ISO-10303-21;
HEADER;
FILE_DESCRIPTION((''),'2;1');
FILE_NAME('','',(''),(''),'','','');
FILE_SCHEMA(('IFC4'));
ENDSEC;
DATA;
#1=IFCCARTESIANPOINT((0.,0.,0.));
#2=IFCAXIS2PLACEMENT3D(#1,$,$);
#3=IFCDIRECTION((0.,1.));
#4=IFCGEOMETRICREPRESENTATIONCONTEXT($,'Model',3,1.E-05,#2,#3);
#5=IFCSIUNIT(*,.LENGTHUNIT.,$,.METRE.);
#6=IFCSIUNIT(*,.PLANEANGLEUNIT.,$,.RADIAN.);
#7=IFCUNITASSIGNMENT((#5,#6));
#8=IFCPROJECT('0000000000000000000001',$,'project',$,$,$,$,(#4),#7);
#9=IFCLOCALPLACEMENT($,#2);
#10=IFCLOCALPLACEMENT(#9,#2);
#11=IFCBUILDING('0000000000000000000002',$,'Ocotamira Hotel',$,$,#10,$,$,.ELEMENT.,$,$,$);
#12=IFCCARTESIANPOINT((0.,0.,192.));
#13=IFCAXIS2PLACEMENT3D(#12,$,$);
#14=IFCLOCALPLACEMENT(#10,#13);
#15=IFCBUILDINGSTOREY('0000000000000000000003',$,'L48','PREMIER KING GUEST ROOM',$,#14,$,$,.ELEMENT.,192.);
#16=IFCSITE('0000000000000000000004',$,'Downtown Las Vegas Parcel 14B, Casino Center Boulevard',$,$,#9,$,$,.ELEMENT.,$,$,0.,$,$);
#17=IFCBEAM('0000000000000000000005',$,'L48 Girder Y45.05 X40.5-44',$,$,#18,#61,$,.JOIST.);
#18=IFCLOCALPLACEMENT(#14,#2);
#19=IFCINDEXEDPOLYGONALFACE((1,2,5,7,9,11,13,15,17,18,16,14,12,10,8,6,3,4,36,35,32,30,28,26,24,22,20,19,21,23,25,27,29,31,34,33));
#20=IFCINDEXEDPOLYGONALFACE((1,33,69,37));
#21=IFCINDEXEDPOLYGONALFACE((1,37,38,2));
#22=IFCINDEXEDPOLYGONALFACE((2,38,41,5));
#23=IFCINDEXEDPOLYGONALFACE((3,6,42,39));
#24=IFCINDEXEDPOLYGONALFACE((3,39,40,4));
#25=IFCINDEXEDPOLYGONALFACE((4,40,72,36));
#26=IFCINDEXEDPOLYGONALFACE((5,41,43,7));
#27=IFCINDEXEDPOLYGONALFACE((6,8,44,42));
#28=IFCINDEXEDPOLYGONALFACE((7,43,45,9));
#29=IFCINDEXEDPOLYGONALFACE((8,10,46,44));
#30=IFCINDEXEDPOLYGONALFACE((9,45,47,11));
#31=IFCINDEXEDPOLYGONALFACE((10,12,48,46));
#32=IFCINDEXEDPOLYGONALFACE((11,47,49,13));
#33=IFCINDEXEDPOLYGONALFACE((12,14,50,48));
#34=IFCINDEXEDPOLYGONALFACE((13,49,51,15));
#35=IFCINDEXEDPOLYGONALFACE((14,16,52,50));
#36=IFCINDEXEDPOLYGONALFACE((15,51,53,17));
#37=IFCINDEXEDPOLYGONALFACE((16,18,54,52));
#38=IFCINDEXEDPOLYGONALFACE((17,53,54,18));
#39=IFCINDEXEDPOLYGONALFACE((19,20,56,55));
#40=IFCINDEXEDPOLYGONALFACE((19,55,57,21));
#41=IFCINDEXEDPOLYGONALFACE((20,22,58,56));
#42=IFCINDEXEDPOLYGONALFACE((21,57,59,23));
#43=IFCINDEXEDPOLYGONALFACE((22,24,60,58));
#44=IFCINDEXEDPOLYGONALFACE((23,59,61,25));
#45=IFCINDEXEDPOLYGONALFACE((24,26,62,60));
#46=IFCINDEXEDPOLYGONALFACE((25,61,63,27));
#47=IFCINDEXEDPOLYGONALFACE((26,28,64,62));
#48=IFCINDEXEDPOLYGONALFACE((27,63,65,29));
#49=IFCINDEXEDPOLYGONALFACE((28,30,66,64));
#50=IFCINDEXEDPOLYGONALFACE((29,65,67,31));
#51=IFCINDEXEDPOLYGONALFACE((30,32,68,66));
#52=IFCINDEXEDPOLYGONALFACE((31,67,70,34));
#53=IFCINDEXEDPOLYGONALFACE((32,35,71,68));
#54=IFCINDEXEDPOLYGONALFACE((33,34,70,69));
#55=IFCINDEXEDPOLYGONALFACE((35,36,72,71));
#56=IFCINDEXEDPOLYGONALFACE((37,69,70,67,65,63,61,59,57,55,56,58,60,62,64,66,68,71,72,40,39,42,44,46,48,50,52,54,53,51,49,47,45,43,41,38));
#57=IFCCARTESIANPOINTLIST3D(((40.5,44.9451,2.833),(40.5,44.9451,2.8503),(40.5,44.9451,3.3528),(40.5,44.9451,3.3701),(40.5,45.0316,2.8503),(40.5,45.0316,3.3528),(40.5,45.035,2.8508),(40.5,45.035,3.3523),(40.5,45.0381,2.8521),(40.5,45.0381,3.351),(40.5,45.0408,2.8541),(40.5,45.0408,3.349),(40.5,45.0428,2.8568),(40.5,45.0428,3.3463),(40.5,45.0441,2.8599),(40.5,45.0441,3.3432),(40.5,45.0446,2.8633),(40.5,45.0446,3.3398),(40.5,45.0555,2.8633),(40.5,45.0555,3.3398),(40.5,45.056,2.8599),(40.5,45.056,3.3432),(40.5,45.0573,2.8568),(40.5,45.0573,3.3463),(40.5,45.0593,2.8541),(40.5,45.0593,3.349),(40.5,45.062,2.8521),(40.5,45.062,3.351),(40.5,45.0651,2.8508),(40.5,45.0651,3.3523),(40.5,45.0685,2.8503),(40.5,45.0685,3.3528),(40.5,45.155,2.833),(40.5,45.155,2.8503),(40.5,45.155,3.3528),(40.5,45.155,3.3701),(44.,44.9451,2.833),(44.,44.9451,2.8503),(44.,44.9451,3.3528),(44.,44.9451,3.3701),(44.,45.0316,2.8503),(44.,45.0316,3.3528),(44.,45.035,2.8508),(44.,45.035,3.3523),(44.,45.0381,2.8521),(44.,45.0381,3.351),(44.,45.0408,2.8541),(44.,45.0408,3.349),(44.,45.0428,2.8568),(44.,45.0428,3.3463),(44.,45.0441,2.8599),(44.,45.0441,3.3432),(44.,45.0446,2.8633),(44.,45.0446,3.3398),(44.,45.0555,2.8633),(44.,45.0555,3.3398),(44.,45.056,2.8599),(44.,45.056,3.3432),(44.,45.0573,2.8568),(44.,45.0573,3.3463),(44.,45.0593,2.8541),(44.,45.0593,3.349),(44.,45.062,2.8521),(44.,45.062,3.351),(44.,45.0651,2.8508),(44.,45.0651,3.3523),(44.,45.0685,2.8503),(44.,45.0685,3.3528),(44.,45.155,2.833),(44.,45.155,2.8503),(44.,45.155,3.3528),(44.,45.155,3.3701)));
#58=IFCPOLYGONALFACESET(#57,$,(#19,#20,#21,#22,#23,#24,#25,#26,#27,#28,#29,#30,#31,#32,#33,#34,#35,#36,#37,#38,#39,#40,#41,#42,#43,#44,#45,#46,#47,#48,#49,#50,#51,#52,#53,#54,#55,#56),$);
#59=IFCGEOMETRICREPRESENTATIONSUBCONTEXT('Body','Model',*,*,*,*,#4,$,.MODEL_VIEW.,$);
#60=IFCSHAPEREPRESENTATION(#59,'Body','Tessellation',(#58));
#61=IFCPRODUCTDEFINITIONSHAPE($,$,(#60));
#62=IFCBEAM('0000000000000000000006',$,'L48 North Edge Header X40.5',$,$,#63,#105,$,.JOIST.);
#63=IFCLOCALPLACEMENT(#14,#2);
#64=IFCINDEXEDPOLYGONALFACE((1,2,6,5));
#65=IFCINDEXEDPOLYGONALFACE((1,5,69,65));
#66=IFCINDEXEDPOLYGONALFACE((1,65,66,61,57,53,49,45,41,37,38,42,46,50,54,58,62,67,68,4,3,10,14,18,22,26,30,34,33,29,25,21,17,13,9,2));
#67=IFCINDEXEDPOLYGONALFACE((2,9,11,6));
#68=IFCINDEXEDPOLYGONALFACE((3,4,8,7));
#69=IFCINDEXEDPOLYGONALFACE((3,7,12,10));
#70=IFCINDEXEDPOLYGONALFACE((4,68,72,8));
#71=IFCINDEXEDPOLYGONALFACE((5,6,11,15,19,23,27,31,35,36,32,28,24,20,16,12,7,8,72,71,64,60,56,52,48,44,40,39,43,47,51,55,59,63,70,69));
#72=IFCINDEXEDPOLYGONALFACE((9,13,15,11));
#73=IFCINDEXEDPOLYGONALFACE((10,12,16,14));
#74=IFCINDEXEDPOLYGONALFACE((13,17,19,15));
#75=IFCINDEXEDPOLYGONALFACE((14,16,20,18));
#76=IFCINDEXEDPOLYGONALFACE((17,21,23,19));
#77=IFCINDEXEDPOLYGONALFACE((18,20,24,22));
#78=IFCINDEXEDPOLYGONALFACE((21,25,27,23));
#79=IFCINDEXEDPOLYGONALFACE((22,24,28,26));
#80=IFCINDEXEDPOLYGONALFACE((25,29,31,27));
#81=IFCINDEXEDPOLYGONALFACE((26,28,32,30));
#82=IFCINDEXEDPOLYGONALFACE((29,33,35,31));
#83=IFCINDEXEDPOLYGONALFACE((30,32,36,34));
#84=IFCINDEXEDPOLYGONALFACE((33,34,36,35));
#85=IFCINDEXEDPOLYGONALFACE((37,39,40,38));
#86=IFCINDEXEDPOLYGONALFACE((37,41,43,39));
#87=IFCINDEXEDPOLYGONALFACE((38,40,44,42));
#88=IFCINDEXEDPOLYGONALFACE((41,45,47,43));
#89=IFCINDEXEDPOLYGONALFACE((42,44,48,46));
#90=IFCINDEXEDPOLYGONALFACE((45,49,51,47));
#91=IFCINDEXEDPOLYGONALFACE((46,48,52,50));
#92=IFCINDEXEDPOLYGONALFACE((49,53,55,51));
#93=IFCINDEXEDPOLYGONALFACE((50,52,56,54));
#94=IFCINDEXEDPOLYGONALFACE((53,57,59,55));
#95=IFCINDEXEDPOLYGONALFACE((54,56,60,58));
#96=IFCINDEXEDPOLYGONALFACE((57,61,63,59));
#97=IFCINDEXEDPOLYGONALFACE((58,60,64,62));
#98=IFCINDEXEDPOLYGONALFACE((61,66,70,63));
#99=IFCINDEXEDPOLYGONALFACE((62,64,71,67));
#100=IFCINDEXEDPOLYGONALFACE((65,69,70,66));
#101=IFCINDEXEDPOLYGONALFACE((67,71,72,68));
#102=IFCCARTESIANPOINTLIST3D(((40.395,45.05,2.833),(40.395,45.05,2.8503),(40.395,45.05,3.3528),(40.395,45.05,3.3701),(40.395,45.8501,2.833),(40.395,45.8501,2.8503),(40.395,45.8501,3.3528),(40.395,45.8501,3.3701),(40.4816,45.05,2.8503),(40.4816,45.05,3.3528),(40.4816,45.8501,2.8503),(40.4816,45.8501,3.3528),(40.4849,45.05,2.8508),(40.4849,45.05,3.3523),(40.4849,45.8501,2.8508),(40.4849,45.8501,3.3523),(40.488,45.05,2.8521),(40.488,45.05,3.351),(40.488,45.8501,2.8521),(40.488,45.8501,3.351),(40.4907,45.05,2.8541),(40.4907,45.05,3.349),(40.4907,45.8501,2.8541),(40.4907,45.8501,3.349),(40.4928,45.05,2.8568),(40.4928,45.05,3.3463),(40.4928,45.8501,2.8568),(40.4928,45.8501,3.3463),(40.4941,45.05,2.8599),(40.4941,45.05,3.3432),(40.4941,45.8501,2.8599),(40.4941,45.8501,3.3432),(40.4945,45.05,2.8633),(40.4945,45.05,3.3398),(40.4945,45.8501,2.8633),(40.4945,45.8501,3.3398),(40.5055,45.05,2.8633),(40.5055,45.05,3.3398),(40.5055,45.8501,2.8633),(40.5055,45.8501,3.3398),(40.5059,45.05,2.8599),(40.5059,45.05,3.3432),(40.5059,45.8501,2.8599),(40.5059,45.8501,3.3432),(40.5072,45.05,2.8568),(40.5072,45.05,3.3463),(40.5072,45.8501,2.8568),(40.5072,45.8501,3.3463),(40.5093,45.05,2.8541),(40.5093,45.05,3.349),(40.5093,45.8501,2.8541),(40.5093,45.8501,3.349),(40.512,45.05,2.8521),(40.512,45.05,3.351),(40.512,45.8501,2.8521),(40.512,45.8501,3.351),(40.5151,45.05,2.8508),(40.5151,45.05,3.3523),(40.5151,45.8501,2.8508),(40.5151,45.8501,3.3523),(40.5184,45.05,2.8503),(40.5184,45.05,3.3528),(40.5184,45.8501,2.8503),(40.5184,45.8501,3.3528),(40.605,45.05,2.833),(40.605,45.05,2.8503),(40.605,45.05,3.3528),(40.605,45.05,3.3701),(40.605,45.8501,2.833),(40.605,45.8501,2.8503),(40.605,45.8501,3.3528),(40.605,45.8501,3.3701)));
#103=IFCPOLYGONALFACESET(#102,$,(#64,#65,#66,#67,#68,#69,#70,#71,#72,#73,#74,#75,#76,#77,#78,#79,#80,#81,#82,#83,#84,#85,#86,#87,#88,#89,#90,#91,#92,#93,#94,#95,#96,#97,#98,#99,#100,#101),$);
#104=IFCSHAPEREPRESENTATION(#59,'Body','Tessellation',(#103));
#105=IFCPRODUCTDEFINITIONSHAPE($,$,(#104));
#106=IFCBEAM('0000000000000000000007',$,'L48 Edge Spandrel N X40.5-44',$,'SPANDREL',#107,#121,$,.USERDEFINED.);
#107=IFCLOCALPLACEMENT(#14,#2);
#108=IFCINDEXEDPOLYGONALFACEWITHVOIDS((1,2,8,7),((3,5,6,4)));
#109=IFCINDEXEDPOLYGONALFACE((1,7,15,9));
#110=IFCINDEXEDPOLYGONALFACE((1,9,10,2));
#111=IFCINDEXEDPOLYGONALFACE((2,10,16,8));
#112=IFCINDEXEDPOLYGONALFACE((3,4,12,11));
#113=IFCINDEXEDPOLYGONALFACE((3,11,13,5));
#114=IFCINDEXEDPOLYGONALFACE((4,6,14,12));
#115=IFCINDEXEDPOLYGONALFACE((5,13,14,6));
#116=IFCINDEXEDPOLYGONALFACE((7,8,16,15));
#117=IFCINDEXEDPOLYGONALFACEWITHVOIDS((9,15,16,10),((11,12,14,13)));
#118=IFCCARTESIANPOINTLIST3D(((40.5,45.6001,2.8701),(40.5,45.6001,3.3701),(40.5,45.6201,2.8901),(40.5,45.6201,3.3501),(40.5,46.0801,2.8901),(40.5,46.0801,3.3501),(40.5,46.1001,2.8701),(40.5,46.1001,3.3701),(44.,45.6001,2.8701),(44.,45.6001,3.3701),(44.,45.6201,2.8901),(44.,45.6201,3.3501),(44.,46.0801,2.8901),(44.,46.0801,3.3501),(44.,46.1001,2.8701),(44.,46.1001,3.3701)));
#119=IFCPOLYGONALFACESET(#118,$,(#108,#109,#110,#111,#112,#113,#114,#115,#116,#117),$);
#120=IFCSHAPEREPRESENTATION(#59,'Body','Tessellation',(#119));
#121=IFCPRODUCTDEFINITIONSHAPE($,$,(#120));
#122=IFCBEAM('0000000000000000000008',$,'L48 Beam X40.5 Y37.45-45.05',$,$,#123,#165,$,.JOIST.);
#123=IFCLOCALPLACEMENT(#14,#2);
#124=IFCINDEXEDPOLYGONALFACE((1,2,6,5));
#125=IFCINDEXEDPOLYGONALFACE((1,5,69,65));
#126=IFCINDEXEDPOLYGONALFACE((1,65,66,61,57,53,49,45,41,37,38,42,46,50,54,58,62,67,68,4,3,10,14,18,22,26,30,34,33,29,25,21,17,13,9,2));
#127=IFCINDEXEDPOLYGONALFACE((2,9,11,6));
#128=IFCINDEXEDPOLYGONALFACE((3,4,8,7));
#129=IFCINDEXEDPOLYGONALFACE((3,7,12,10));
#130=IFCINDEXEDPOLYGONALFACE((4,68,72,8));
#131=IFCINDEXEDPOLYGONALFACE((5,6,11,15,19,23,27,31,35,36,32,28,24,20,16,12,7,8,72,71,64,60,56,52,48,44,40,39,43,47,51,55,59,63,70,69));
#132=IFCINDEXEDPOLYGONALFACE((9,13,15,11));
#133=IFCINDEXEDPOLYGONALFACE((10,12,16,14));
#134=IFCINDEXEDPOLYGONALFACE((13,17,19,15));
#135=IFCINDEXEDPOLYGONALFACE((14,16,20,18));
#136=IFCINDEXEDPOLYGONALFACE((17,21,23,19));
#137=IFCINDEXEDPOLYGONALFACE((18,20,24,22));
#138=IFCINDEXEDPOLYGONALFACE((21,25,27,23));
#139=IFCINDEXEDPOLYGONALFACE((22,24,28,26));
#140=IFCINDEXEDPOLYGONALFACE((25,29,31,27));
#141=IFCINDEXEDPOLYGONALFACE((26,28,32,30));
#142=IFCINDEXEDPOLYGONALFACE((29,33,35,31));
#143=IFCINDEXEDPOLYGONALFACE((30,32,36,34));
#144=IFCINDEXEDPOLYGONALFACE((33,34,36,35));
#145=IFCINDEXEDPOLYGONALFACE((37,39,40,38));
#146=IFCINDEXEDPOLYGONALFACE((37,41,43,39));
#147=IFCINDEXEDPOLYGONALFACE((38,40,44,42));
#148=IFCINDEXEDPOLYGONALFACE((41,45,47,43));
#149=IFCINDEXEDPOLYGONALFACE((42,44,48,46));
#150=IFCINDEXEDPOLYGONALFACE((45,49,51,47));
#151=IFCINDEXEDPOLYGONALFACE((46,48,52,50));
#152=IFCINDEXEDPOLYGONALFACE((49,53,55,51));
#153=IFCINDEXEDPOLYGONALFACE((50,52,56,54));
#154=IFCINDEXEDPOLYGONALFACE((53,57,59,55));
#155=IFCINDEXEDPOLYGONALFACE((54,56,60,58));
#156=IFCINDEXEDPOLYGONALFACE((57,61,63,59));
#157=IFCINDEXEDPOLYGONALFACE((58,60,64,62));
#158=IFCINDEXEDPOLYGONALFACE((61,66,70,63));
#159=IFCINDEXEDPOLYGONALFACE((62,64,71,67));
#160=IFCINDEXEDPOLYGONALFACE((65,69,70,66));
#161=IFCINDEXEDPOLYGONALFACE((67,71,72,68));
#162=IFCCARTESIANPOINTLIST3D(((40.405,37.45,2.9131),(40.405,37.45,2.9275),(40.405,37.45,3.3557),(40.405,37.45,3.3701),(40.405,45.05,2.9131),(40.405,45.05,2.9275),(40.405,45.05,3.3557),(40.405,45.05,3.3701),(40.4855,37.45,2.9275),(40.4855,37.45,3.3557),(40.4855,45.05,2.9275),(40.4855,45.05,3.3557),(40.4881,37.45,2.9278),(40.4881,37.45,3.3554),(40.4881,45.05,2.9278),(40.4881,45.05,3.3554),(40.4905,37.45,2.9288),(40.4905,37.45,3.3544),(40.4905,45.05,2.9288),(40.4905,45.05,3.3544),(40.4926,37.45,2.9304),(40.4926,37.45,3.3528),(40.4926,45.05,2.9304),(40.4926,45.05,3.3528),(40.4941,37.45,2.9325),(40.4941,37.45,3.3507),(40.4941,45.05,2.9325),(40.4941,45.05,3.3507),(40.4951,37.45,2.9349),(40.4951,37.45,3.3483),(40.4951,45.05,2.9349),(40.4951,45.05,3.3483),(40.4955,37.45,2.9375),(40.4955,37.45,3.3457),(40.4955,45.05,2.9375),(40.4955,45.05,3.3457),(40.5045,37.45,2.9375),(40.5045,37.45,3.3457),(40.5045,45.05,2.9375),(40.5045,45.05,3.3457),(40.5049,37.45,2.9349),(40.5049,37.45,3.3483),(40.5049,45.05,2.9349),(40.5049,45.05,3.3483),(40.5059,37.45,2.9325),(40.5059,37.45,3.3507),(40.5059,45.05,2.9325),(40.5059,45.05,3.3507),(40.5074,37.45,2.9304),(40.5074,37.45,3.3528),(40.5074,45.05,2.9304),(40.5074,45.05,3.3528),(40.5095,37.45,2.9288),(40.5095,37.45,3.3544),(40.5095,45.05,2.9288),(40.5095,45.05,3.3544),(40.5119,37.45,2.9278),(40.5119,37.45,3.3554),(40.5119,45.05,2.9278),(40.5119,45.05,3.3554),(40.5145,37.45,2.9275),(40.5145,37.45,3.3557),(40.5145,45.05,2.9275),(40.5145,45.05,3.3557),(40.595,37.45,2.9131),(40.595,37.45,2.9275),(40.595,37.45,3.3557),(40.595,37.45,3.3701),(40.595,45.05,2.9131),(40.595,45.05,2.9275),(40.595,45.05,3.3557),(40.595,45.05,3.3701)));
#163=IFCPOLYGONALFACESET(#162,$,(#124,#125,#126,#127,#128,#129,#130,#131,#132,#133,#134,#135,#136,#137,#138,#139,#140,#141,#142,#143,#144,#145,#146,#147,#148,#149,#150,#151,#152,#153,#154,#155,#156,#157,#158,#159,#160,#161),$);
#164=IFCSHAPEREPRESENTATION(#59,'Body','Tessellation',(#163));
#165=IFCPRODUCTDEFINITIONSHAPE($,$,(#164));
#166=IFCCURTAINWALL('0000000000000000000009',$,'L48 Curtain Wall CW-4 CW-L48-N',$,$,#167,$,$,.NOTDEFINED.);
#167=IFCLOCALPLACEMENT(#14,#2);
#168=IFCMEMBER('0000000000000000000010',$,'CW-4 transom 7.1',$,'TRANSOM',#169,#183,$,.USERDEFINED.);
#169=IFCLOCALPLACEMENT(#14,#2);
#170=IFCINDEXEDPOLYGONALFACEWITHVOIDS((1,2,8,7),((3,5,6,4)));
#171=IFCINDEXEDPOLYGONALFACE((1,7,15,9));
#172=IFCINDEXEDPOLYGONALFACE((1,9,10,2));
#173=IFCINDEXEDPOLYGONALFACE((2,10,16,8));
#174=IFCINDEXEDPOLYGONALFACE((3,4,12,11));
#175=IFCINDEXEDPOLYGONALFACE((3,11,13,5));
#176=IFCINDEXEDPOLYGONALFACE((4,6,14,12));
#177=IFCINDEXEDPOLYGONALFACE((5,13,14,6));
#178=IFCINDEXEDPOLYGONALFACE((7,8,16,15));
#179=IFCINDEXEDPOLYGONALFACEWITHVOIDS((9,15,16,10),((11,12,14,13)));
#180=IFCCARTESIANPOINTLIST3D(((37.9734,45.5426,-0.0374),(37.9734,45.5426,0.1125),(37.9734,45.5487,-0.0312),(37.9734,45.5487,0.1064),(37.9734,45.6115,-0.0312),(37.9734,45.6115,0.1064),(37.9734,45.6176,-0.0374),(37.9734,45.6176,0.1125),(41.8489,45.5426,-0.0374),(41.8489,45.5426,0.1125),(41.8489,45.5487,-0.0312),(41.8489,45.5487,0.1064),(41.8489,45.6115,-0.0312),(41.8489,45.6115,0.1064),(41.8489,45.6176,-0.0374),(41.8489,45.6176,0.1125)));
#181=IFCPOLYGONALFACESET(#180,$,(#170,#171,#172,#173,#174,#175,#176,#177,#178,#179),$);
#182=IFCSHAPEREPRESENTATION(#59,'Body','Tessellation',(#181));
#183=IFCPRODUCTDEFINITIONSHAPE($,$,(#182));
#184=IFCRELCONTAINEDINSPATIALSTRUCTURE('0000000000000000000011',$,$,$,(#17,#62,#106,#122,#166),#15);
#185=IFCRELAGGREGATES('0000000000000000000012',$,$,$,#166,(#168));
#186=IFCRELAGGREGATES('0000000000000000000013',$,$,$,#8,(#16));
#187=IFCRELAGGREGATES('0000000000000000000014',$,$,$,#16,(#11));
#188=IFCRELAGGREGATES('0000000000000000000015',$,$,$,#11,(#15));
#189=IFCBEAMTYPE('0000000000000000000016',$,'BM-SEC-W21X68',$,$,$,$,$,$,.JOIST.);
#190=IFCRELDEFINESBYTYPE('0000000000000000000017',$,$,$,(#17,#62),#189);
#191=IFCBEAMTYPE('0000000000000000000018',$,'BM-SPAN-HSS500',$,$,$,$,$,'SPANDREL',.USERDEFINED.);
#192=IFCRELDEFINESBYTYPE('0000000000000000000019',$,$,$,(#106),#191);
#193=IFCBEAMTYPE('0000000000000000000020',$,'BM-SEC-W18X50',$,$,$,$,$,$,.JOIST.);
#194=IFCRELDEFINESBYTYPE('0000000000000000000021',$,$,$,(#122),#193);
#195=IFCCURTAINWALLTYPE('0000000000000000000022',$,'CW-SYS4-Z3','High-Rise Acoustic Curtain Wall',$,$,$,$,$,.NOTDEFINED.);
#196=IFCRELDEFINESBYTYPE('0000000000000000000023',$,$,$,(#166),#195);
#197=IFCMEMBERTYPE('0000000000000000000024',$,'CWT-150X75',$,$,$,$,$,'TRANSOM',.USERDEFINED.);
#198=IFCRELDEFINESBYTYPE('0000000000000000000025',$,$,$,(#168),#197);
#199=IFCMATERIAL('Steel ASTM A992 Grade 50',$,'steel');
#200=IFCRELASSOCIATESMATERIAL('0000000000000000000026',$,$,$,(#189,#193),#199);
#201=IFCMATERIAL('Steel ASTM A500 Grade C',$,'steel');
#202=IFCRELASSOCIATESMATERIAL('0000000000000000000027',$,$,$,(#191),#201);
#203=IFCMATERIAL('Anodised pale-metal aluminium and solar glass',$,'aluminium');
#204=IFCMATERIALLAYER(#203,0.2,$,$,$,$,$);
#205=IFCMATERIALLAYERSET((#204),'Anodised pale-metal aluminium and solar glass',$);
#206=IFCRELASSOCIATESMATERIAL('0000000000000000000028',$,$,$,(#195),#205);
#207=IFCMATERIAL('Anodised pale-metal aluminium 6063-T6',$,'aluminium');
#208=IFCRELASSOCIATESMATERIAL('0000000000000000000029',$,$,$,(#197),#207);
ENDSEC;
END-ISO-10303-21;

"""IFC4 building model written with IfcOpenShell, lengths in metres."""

from ifc_helpers import new_model, si_unit, direction, frame, origin, origin_2d, place, context, subcontext, project, spatial, hollow_rectangle, i_section, extrude, source, transform, mapped, material, layer, layer_set, material_profile, profile_set, type_object, element, aggregate, save


model = new_model("IFC4")

# Units and contexts
model_context = context("Model", 3, precision=1e-05, world=origin(), true_north=direction((0.0, 1.0)))
body_context = subcontext(model_context, "Body", "Model", "MODEL_VIEW")
ifc_project = project(units=[si_unit("LENGTHUNIT", "METRE"), si_unit("PLANEANGLEUNIT", "RADIAN")], contexts=[model_context])

# Site, building, storey
site_placement = place(None, origin())
site = spatial("IfcSite", under=ifc_project, at=site_placement, Name="Downtown Las Vegas Parcel 14B, Casino Center Boulevard", CompositionType="ELEMENT", RefElevation=0.0)
building_placement = place(site_placement, origin())
building = spatial("IfcBuilding", under=site, at=building_placement, Name="Ocotamira Hotel", CompositionType="ELEMENT")
storey_placement = place(building_placement, frame((0.0, 0.0, 192.0)))
storey = spatial("IfcBuildingStorey", under=building, at=storey_placement, Name="L48", Description="PREMIER KING GUEST ROOM", CompositionType="ELEMENT", Elevation=192.0)

# Beams
ifc_material_1 = material(Name="Steel ASTM A992 Grade 50", Category="steel")
ifc_material_profile_1 = material_profile(ifc_material_1, i_section(OverallWidth=0.21, OverallDepth=0.5371, WebThickness=0.011, FlangeThickness=0.0173, FilletRadius=0.0129, at=origin_2d()), Name="W21X68")
ifc_profile_set_1 = profile_set([ifc_material_profile_1], Name="Steel ASTM A992 Grade 50")
beam_type_1 = type_object("IfcBeamType", Name="BM-SEC-W21X68", PredefinedType="JOIST", material=ifc_profile_set_1)
shared_shape_1 = source(origin(), body_context, "Body", "SweptSolid", [
    extrude(i_section(OverallWidth=0.21, OverallDepth=0.5371, WebThickness=0.011, FlangeThickness=0.0173, FilletRadius=0.0129, at=origin_2d()), origin(), (0.0, 0.0, 1.0), 3.5),
])
beam_1_placement = place(storey_placement, frame((40.5, 45.05, 3.1016), z_axis=(1.0, 0.0, 0.0), x_axis=(0.0, 1.0, 0.0)))
element("IfcBeam", 1, at=beam_1_placement, inside=storey, type_object=beam_type_1, Name="L48 Girder Y45.05 X40.5-44", PredefinedType="JOIST", context=body_context, shape_type="MappedRepresentation", body=[
    mapped(shared_shape_1, transform((0.0, 0.0, 0.0), scale=1.0)),
])
shared_shape_2 = source(origin(), body_context, "Body", "SweptSolid", [
    extrude(i_section(OverallWidth=0.21, OverallDepth=0.5371, WebThickness=0.011, FlangeThickness=0.0173, FilletRadius=0.0129, at=origin_2d()), origin(), (0.0, 0.0, 1.0), 0.8),
])
beam_2_placement = place(storey_placement, frame((40.5, 45.05, 3.1016), z_axis=(0.0, 1.0, 0.0), x_axis=(-1.0, 0.0, 0.0)))
element("IfcBeam", 2, at=beam_2_placement, inside=storey, type_object=beam_type_1, Name="L48 North Edge Header X40.5", PredefinedType="JOIST", context=body_context, shape_type="MappedRepresentation", body=[
    mapped(shared_shape_2, transform((0.0, 0.0, 0.0), scale=1.0)),
])
ifc_material_2 = material(Name="Steel ASTM A500 Grade C", Category="steel")
ifc_material_profile_2 = material_profile(ifc_material_2, hollow_rectangle(XDim=0.5, YDim=0.5, WallThickness=0.02, at=origin_2d()), Name="HSS500X500X20")
ifc_profile_set_2 = profile_set([ifc_material_profile_2], Name="Steel ASTM A500 Grade C")
beam_type_2 = type_object("IfcBeamType", Name="BM-SPAN-HSS500", ElementType="SPANDREL", PredefinedType="USERDEFINED", material=ifc_profile_set_2)
shared_shape_3 = source(origin(), body_context, "Body", "SweptSolid", [
    extrude(hollow_rectangle(XDim=0.5, YDim=0.5, WallThickness=0.02, at=origin_2d()), origin(), (0.0, 0.0, 1.0), 3.5),
])
beam_3_placement = place(storey_placement, frame((40.5, 45.8501, 3.1201), z_axis=(1.0, 0.0, 0.0), x_axis=(0.0, 1.0, 0.0)))
element("IfcBeam", 3, at=beam_3_placement, inside=storey, type_object=beam_type_2, Name="L48 Edge Spandrel N X40.5-44", ObjectType="SPANDREL", PredefinedType="USERDEFINED", context=body_context, shape_type="MappedRepresentation", body=[
    mapped(shared_shape_3, transform((0.0, 0.0, 0.0), scale=1.0)),
])
ifc_material_profile_3 = material_profile(ifc_material_1, i_section(OverallWidth=0.1899, OverallDepth=0.457, WebThickness=0.009, FlangeThickness=0.0144, FilletRadius=0.01, at=origin_2d()), Name="W18X50")
ifc_profile_set_3 = profile_set([ifc_material_profile_3], Name="Steel ASTM A992 Grade 50")
beam_type_3 = type_object("IfcBeamType", Name="BM-SEC-W18X50", PredefinedType="JOIST", material=ifc_profile_set_3)
shared_shape_4 = source(origin(), body_context, "Body", "SweptSolid", [
    extrude(i_section(OverallWidth=0.1899, OverallDepth=0.457, WebThickness=0.009, FlangeThickness=0.0144, FilletRadius=0.01, at=origin_2d()), origin(), (0.0, 0.0, 1.0), 7.6001),
])
beam_4_placement = place(storey_placement, frame((40.5, 37.45, 3.1416), z_axis=(0.0, 1.0, 0.0), x_axis=(-1.0, 0.0, 0.0)))
element("IfcBeam", 4, at=beam_4_placement, inside=storey, type_object=beam_type_3, Name="L48 Beam X40.5 Y37.45-45.05", PredefinedType="JOIST", context=body_context, shape_type="MappedRepresentation", body=[
    mapped(shared_shape_4, transform((0.0, 0.0, 0.0), scale=1.0)),
])

# Curtain wall, member
ifc_material_3 = material(Name="Anodised pale-metal aluminium and solar glass", Category="aluminium")
ifc_layer_1 = layer(ifc_material_3, 0.2)
ifc_layer_set_1 = layer_set([ifc_layer_1], Name="Anodised pale-metal aluminium and solar glass")
curtain_wall_type_1 = type_object("IfcCurtainWallType", Name="CW-SYS4-Z3", Description="High-Rise Acoustic Curtain Wall", PredefinedType="NOTDEFINED", material=ifc_layer_set_1)
curtain_wall_1_placement = place(storey_placement, origin())
curtain_wall_1 = element("IfcCurtainWall", 5, at=curtain_wall_1_placement, inside=storey, type_object=curtain_wall_type_1, Name="L48 Curtain Wall CW-4 CW-L48-N", PredefinedType="NOTDEFINED")
ifc_material_4 = material(Name="Anodised pale-metal aluminium 6063-T6", Category="aluminium")
ifc_material_profile_4 = material_profile(ifc_material_4, hollow_rectangle(XDim=0.075, YDim=0.1499, WallThickness=0.0061, at=origin_2d()), Name="HSS150X75X6")
ifc_profile_set_4 = profile_set([ifc_material_profile_4], Name="Anodised pale-metal aluminium 6063-T6")
member_type_1 = type_object("IfcMemberType", Name="CWT-150X75", ElementType="TRANSOM", PredefinedType="USERDEFINED", material=ifc_profile_set_4)
shared_shape_5 = source(origin(), body_context, "Body", "SweptSolid", [
    extrude(hollow_rectangle(XDim=0.075, YDim=0.1499, WallThickness=0.0061, at=origin_2d()), origin(), (0.0, 0.0, 1.0), 3.8755),
])
member_1_placement = place(storey_placement, frame((37.9734, 45.5801, 0.0376), z_axis=(1.0, 0.0, 0.0), x_axis=(0.0, 1.0, 0.0)))
member_1 = element("IfcMember", 6, at=member_1_placement, type_object=member_type_1, Name="CW-4 transom 7.1", ObjectType="TRANSOM", PredefinedType="USERDEFINED", context=body_context, shape_type="MappedRepresentation", body=[
    mapped(shared_shape_5, transform((0.0, 0.0, 0.0), scale=1.0)),
])

aggregate(curtain_wall_1, [member_1])

save(model, "model.ifc")
